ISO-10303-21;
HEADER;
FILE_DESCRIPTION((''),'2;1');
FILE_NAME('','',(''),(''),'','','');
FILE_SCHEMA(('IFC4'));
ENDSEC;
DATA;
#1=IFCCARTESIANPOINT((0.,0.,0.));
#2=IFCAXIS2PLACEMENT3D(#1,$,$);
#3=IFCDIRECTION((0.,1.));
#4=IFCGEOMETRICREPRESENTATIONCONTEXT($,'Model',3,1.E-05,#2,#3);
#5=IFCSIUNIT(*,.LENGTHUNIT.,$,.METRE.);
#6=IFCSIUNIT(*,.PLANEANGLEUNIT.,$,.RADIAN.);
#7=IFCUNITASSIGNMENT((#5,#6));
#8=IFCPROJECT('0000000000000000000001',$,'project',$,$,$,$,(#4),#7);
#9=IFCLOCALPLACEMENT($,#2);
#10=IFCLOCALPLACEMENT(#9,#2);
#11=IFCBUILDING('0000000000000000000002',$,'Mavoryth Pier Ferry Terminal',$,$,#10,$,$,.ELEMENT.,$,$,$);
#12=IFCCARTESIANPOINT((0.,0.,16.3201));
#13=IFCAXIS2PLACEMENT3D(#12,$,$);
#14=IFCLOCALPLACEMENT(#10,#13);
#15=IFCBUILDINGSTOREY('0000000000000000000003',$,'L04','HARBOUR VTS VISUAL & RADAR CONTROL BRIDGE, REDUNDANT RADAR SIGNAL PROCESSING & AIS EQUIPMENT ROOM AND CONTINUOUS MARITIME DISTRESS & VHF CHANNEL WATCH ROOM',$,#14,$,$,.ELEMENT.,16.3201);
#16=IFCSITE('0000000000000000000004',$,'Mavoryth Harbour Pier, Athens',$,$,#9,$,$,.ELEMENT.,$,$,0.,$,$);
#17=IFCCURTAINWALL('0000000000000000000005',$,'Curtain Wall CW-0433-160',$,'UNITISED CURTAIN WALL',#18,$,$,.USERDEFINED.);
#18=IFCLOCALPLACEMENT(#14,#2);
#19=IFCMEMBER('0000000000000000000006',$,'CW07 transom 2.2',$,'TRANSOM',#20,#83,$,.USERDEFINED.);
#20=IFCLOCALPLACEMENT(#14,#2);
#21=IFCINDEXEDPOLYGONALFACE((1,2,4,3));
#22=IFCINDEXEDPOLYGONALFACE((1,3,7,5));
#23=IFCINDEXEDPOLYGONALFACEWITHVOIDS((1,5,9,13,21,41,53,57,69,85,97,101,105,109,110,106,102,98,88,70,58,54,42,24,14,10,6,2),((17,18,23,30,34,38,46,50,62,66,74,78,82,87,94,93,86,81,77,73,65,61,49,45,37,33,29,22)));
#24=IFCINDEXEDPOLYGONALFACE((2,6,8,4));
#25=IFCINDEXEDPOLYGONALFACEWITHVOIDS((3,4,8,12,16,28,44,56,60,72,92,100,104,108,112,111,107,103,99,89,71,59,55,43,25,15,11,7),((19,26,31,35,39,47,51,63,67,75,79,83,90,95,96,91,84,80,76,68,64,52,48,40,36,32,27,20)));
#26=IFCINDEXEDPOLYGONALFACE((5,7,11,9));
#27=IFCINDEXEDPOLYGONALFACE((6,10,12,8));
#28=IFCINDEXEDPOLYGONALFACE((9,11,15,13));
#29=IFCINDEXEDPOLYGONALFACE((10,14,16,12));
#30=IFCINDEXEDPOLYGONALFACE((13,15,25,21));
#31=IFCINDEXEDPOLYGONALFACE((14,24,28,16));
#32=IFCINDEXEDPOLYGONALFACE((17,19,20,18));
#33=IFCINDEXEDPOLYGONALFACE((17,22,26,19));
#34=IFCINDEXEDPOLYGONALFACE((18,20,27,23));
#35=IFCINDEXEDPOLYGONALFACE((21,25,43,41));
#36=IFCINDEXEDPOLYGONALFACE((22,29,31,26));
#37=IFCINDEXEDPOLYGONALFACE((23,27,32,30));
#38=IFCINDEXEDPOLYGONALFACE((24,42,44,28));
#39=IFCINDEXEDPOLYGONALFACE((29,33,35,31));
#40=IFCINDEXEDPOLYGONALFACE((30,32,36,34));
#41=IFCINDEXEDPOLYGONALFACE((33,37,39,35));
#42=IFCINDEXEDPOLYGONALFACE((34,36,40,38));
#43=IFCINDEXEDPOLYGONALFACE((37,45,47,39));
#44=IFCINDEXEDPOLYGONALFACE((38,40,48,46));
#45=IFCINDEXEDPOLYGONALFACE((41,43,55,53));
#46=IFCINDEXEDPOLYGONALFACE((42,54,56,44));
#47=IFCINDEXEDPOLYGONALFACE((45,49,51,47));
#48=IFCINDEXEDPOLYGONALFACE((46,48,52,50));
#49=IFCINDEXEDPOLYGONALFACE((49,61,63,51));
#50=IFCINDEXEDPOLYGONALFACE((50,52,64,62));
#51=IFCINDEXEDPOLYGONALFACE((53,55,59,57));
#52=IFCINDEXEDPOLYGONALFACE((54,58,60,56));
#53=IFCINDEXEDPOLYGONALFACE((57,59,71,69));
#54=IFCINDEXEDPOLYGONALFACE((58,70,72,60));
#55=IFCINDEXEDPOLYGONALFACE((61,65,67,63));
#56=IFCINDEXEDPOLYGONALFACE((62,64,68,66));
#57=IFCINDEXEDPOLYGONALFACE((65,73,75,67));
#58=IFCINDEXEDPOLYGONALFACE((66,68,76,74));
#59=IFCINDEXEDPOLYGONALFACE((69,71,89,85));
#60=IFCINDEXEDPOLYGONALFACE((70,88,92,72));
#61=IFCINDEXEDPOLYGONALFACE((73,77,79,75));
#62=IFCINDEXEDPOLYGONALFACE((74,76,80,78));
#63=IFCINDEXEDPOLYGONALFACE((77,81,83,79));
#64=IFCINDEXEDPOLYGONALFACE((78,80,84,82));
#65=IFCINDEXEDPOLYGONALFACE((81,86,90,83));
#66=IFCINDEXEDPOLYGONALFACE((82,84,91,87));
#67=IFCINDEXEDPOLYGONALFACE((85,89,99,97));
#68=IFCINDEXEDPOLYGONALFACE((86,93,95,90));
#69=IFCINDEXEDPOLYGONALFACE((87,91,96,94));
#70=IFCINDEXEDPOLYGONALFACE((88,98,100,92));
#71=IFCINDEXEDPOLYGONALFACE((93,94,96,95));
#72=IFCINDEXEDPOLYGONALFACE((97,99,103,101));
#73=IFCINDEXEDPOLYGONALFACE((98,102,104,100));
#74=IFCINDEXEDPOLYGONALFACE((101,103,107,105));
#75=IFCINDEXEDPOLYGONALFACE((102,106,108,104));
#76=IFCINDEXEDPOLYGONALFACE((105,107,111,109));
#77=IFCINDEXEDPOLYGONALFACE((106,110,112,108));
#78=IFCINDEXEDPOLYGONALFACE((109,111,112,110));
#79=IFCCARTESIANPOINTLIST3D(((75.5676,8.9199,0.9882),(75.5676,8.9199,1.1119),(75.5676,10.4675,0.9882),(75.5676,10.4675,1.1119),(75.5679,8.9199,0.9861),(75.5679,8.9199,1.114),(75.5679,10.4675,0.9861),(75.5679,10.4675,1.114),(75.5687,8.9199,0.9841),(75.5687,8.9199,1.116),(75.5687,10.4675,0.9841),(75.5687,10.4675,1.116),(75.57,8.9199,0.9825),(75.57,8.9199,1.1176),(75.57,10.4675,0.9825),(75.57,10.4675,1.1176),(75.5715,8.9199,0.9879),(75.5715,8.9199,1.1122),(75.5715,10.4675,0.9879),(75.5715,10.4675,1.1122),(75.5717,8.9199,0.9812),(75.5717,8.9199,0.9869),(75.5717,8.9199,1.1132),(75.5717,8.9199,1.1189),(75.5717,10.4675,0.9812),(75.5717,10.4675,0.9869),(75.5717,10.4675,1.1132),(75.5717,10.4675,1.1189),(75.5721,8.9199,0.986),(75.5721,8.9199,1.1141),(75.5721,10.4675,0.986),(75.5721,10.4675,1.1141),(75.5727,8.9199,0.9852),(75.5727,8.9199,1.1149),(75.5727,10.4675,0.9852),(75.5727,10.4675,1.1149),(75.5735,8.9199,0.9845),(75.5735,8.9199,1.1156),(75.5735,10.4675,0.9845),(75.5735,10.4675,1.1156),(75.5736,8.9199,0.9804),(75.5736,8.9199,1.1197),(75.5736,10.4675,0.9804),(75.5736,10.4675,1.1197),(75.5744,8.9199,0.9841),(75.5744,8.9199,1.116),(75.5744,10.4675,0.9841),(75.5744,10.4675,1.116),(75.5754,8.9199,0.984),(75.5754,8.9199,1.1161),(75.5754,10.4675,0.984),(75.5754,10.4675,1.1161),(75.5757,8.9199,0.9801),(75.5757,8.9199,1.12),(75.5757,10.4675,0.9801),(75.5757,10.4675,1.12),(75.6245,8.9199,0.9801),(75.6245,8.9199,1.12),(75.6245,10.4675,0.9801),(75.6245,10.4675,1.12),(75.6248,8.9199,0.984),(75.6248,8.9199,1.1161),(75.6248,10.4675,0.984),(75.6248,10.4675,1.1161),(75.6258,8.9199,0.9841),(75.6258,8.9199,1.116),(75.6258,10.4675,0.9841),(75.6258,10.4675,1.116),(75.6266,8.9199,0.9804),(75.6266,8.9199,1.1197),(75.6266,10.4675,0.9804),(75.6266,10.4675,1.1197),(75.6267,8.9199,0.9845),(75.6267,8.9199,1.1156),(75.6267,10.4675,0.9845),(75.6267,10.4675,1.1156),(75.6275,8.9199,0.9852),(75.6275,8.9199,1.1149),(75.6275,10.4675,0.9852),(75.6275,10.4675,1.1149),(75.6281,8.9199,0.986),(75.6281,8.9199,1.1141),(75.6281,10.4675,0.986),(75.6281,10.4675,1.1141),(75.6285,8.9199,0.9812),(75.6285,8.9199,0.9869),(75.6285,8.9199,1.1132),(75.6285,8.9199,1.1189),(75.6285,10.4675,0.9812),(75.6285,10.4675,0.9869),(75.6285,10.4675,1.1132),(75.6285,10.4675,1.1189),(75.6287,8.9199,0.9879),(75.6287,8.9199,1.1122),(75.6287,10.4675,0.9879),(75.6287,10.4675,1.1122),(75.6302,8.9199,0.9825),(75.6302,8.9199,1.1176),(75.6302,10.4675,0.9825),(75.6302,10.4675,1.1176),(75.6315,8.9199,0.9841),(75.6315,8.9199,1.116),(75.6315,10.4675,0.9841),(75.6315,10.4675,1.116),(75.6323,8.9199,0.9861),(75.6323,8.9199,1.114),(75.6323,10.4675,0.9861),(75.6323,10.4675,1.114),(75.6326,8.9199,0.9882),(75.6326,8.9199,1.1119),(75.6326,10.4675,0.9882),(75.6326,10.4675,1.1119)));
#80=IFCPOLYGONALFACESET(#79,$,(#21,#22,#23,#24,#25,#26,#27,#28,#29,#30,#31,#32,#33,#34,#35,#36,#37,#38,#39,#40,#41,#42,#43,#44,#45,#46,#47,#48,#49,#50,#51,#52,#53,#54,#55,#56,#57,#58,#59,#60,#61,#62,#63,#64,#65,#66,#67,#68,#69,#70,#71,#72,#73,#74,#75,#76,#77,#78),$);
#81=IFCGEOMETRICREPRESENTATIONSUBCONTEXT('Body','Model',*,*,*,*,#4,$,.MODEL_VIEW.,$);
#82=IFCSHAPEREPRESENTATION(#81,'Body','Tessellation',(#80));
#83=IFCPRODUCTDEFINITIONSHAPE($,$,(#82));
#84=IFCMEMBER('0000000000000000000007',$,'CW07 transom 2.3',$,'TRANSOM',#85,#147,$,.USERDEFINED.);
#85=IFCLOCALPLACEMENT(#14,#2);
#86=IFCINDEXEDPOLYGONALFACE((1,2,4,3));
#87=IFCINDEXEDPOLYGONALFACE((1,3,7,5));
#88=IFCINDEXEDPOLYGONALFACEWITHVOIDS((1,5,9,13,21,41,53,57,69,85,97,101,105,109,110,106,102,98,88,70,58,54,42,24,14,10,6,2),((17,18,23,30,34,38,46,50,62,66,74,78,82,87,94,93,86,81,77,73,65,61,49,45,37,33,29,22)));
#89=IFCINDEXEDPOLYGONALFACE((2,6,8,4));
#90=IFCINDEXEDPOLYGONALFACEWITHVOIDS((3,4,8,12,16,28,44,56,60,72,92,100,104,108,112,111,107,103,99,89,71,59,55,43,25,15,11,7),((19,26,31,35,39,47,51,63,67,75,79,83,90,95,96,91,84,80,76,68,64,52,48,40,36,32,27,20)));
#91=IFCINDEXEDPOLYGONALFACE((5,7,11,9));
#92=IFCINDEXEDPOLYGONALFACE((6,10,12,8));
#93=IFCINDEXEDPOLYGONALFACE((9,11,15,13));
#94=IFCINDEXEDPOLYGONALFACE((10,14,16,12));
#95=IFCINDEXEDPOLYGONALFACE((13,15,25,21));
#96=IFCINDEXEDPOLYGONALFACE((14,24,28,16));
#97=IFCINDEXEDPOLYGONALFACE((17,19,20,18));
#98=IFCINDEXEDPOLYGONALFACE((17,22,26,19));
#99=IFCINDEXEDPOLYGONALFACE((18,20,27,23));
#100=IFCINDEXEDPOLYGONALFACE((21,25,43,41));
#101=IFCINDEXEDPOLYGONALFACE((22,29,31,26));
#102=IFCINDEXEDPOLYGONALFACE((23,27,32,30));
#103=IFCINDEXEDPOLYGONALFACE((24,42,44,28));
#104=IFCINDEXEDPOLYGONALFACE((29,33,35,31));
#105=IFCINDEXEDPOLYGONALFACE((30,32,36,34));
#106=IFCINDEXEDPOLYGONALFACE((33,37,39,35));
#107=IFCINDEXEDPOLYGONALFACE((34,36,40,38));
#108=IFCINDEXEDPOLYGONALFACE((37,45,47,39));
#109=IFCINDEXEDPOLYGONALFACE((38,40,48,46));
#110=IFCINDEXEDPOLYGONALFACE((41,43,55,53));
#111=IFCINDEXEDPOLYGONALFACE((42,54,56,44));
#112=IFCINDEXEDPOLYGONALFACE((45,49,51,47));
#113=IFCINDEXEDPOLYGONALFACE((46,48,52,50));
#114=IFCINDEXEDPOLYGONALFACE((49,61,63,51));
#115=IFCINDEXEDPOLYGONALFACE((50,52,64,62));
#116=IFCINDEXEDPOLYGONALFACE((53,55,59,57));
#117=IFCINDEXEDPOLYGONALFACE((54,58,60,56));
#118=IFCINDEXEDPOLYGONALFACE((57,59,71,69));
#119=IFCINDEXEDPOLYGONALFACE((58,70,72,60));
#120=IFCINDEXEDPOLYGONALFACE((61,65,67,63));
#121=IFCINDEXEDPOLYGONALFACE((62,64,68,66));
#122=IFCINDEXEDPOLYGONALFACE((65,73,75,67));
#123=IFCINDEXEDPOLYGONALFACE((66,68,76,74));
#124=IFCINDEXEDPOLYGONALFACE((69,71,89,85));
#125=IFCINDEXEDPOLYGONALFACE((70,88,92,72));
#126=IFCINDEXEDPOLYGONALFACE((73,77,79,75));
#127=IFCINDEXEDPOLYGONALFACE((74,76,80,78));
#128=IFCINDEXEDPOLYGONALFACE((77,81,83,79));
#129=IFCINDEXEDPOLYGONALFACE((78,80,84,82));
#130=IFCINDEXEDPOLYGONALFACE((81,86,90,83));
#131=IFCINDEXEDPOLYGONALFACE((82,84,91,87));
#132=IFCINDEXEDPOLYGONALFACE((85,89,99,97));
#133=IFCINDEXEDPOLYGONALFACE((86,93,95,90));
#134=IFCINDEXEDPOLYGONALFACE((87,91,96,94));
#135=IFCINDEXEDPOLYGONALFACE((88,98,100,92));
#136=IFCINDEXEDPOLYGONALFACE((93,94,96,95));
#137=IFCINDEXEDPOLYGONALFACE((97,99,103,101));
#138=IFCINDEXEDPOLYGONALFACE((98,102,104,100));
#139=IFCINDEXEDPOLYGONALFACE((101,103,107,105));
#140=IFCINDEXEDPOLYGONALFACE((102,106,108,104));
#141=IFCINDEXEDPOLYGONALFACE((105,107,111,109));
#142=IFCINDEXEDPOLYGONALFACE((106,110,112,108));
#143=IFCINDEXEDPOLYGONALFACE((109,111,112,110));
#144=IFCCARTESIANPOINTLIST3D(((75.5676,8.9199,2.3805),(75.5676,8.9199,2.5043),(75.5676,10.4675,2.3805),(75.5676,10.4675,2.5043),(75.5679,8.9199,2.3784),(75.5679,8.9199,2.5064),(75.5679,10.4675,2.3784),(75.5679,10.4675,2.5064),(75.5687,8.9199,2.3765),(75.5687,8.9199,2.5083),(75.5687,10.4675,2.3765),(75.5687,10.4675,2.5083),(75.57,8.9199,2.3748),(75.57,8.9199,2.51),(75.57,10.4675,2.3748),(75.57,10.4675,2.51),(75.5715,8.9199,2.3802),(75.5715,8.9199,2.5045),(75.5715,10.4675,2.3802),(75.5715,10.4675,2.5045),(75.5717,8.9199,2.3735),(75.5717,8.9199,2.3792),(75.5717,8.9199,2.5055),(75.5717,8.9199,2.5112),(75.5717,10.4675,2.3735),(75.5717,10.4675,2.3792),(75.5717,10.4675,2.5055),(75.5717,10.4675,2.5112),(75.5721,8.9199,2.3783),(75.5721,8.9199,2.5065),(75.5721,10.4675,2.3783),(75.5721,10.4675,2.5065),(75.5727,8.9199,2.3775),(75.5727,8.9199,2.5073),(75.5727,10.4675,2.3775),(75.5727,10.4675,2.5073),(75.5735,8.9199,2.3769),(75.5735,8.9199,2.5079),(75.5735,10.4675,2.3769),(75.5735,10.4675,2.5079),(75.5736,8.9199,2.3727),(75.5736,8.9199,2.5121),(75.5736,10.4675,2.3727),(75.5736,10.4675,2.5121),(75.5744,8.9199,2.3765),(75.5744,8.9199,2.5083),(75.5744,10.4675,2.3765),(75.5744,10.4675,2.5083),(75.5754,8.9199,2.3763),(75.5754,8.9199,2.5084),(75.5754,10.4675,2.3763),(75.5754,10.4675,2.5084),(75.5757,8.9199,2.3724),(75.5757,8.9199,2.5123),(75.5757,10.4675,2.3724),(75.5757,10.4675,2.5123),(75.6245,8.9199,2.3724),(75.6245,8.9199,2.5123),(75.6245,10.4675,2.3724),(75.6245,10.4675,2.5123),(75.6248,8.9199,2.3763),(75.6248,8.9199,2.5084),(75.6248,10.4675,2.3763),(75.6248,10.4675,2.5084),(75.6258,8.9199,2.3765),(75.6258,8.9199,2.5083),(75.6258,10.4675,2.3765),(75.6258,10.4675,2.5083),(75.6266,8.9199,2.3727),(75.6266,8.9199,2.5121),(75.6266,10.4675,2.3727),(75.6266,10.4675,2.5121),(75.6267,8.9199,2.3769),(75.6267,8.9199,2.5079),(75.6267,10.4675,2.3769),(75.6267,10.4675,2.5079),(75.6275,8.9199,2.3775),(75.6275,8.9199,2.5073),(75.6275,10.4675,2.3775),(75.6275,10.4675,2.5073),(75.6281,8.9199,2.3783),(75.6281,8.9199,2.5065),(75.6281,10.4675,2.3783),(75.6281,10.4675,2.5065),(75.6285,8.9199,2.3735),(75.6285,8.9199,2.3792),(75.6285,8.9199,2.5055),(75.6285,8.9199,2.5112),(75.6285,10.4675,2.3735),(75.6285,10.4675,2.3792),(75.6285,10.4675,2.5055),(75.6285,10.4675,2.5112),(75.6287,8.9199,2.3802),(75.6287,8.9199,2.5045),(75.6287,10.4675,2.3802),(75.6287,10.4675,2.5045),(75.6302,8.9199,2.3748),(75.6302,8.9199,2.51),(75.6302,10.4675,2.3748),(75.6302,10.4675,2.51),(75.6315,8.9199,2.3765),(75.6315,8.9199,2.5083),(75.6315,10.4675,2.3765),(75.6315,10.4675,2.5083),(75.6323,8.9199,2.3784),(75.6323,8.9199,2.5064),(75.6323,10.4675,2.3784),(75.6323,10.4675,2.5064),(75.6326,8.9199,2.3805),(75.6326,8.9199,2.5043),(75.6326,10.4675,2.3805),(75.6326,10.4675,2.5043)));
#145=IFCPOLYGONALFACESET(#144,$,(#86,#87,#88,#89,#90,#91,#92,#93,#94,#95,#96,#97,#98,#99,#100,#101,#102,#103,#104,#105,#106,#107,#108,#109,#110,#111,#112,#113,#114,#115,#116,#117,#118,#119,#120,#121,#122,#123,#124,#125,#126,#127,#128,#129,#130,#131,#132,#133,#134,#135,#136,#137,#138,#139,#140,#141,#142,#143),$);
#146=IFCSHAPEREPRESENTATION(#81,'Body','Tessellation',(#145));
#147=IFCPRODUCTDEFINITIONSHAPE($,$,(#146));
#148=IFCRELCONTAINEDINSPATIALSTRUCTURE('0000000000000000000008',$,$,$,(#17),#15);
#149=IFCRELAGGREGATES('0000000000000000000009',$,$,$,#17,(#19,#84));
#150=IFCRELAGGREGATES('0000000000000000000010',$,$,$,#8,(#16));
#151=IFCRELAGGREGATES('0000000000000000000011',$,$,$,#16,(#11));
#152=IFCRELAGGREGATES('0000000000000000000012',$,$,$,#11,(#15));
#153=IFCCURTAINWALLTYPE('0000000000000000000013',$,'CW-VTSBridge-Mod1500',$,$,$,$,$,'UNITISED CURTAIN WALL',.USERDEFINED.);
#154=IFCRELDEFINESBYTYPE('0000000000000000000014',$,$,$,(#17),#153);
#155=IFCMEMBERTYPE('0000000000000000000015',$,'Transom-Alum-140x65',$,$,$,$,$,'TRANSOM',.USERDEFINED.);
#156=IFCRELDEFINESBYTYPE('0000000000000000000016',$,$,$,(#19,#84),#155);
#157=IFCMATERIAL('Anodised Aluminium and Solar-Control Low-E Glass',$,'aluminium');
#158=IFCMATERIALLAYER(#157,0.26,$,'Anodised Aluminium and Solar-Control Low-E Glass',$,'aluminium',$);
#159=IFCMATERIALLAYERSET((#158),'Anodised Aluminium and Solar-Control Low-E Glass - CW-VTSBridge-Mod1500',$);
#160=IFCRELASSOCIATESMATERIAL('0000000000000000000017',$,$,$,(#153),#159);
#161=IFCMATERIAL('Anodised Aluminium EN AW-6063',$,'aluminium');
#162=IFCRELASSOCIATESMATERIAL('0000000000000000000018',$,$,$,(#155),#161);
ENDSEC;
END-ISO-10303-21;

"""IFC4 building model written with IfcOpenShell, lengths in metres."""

from ifc_helpers import new_model, si_unit, direction, frame, origin, origin_2d, place, context, subcontext, project, spatial, hollow_rectangle, extrude, material, layer, layer_set, material_profile, profile_set, type_object, element, aggregate, save


model = new_model("IFC4")

# Units and contexts
model_context = context("Model", 3, precision=1e-05, world=origin(), true_north=direction((0.0, 1.0)))
body_context = subcontext(model_context, "Body", "Model", "MODEL_VIEW")
ifc_project = project(units=[si_unit("LENGTHUNIT", "METRE"), si_unit("PLANEANGLEUNIT", "RADIAN")], contexts=[model_context])

# Site, building, storey
site_placement = place(None, origin())
site = spatial("IfcSite", under=ifc_project, at=site_placement, Name="Mavoryth Harbour Pier, Athens", CompositionType="ELEMENT", RefElevation=0.0)
building_placement = place(site_placement, origin())
building = spatial("IfcBuilding", under=site, at=building_placement, Name="Mavoryth Pier Ferry Terminal", CompositionType="ELEMENT")
storey_placement = place(building_placement, frame((0.0, 0.0, 16.3201)))
storey = spatial("IfcBuildingStorey", under=building, at=storey_placement, Name="L04", Description="HARBOUR VTS VISUAL & RADAR CONTROL BRIDGE, REDUNDANT RADAR SIGNAL PROCESSING & AIS EQUIPMENT ROOM AND CONTINUOUS MARITIME DISTRESS & VHF CHANNEL WATCH ROOM", CompositionType="ELEMENT", Elevation=16.3201)

# Curtain wall, members
ifc_material_1 = material(Name="Anodised Aluminium and Solar-Control Low-E Glass", Category="aluminium")
ifc_layer_1 = layer(ifc_material_1, 0.26, Name="Anodised Aluminium and Solar-Control Low-E Glass", Category="aluminium")
ifc_layer_set_1 = layer_set([ifc_layer_1], Name="Anodised Aluminium and Solar-Control Low-E Glass - CW-VTSBridge-Mod1500")
curtain_wall_type = type_object("IfcCurtainWallType", Name="CW-VTSBridge-Mod1500", ElementType="UNITISED CURTAIN WALL", PredefinedType="USERDEFINED", material=ifc_layer_set_1)
curtain_wall_placement = place(storey_placement, origin())
curtain_wall = element("IfcCurtainWall", 1, at=curtain_wall_placement, inside=storey, type_object=curtain_wall_type, Name="Curtain Wall CW-0433-160", ObjectType="UNITISED CURTAIN WALL", PredefinedType="USERDEFINED")
ifc_material_2 = material(Name="Anodised Aluminium EN AW-6063", Category="aluminium")
ifc_material_profile_1 = material_profile(ifc_material_2, hollow_rectangle(XDim=0.0649, YDim=0.1399, WallThickness=0.0039, InnerFilletRadius=0.0039, OuterFilletRadius=0.0081, at=origin_2d()), Name="AL-TRAN 140x65x4", Category="aluminium")
ifc_profile_set_1 = profile_set([ifc_material_profile_1], Name="Anodised Aluminium EN AW-6063 - AL-TRAN 140x65x4")
member_type_1 = type_object("IfcMemberType", Name="Transom-Alum-140x65", ElementType="TRANSOM", PredefinedType="USERDEFINED", material=ifc_profile_set_1)
member_1_placement = place(storey_placement, frame((75.6001, 8.9199, 1.05), z_axis=(0.0, 1.0, 0.0), x_axis=(-1.0, 0.0, 0.0)))
member_1 = element("IfcMember", 2, at=member_1_placement, type_object=member_type_1, Name="CW07 transom 2.2", ObjectType="TRANSOM", PredefinedType="USERDEFINED", context=body_context, shape_type="SweptSolid", body=[
    extrude(hollow_rectangle(XDim=0.0649, YDim=0.1399, WallThickness=0.0039, InnerFilletRadius=0.0039, OuterFilletRadius=0.0081, at=origin_2d()), origin(), (0.0, 0.0, 1.0), 1.5476),
])
member_2_placement = place(storey_placement, frame((75.6001, 8.9199, 2.4424), z_axis=(0.0, 1.0, 0.0), x_axis=(-1.0, 0.0, 0.0)))
member_2 = element("IfcMember", 3, at=member_2_placement, type_object=member_type_1, Name="CW07 transom 2.3", ObjectType="TRANSOM", PredefinedType="USERDEFINED", context=body_context, shape_type="SweptSolid", body=[
    extrude(hollow_rectangle(XDim=0.0649, YDim=0.1399, WallThickness=0.0039, InnerFilletRadius=0.0039, OuterFilletRadius=0.0081, at=origin_2d()), origin(), (0.0, 0.0, 1.0), 1.5476),
])
aggregate(curtain_wall, [member_1, member_2])

save(model, "model.ifc")
